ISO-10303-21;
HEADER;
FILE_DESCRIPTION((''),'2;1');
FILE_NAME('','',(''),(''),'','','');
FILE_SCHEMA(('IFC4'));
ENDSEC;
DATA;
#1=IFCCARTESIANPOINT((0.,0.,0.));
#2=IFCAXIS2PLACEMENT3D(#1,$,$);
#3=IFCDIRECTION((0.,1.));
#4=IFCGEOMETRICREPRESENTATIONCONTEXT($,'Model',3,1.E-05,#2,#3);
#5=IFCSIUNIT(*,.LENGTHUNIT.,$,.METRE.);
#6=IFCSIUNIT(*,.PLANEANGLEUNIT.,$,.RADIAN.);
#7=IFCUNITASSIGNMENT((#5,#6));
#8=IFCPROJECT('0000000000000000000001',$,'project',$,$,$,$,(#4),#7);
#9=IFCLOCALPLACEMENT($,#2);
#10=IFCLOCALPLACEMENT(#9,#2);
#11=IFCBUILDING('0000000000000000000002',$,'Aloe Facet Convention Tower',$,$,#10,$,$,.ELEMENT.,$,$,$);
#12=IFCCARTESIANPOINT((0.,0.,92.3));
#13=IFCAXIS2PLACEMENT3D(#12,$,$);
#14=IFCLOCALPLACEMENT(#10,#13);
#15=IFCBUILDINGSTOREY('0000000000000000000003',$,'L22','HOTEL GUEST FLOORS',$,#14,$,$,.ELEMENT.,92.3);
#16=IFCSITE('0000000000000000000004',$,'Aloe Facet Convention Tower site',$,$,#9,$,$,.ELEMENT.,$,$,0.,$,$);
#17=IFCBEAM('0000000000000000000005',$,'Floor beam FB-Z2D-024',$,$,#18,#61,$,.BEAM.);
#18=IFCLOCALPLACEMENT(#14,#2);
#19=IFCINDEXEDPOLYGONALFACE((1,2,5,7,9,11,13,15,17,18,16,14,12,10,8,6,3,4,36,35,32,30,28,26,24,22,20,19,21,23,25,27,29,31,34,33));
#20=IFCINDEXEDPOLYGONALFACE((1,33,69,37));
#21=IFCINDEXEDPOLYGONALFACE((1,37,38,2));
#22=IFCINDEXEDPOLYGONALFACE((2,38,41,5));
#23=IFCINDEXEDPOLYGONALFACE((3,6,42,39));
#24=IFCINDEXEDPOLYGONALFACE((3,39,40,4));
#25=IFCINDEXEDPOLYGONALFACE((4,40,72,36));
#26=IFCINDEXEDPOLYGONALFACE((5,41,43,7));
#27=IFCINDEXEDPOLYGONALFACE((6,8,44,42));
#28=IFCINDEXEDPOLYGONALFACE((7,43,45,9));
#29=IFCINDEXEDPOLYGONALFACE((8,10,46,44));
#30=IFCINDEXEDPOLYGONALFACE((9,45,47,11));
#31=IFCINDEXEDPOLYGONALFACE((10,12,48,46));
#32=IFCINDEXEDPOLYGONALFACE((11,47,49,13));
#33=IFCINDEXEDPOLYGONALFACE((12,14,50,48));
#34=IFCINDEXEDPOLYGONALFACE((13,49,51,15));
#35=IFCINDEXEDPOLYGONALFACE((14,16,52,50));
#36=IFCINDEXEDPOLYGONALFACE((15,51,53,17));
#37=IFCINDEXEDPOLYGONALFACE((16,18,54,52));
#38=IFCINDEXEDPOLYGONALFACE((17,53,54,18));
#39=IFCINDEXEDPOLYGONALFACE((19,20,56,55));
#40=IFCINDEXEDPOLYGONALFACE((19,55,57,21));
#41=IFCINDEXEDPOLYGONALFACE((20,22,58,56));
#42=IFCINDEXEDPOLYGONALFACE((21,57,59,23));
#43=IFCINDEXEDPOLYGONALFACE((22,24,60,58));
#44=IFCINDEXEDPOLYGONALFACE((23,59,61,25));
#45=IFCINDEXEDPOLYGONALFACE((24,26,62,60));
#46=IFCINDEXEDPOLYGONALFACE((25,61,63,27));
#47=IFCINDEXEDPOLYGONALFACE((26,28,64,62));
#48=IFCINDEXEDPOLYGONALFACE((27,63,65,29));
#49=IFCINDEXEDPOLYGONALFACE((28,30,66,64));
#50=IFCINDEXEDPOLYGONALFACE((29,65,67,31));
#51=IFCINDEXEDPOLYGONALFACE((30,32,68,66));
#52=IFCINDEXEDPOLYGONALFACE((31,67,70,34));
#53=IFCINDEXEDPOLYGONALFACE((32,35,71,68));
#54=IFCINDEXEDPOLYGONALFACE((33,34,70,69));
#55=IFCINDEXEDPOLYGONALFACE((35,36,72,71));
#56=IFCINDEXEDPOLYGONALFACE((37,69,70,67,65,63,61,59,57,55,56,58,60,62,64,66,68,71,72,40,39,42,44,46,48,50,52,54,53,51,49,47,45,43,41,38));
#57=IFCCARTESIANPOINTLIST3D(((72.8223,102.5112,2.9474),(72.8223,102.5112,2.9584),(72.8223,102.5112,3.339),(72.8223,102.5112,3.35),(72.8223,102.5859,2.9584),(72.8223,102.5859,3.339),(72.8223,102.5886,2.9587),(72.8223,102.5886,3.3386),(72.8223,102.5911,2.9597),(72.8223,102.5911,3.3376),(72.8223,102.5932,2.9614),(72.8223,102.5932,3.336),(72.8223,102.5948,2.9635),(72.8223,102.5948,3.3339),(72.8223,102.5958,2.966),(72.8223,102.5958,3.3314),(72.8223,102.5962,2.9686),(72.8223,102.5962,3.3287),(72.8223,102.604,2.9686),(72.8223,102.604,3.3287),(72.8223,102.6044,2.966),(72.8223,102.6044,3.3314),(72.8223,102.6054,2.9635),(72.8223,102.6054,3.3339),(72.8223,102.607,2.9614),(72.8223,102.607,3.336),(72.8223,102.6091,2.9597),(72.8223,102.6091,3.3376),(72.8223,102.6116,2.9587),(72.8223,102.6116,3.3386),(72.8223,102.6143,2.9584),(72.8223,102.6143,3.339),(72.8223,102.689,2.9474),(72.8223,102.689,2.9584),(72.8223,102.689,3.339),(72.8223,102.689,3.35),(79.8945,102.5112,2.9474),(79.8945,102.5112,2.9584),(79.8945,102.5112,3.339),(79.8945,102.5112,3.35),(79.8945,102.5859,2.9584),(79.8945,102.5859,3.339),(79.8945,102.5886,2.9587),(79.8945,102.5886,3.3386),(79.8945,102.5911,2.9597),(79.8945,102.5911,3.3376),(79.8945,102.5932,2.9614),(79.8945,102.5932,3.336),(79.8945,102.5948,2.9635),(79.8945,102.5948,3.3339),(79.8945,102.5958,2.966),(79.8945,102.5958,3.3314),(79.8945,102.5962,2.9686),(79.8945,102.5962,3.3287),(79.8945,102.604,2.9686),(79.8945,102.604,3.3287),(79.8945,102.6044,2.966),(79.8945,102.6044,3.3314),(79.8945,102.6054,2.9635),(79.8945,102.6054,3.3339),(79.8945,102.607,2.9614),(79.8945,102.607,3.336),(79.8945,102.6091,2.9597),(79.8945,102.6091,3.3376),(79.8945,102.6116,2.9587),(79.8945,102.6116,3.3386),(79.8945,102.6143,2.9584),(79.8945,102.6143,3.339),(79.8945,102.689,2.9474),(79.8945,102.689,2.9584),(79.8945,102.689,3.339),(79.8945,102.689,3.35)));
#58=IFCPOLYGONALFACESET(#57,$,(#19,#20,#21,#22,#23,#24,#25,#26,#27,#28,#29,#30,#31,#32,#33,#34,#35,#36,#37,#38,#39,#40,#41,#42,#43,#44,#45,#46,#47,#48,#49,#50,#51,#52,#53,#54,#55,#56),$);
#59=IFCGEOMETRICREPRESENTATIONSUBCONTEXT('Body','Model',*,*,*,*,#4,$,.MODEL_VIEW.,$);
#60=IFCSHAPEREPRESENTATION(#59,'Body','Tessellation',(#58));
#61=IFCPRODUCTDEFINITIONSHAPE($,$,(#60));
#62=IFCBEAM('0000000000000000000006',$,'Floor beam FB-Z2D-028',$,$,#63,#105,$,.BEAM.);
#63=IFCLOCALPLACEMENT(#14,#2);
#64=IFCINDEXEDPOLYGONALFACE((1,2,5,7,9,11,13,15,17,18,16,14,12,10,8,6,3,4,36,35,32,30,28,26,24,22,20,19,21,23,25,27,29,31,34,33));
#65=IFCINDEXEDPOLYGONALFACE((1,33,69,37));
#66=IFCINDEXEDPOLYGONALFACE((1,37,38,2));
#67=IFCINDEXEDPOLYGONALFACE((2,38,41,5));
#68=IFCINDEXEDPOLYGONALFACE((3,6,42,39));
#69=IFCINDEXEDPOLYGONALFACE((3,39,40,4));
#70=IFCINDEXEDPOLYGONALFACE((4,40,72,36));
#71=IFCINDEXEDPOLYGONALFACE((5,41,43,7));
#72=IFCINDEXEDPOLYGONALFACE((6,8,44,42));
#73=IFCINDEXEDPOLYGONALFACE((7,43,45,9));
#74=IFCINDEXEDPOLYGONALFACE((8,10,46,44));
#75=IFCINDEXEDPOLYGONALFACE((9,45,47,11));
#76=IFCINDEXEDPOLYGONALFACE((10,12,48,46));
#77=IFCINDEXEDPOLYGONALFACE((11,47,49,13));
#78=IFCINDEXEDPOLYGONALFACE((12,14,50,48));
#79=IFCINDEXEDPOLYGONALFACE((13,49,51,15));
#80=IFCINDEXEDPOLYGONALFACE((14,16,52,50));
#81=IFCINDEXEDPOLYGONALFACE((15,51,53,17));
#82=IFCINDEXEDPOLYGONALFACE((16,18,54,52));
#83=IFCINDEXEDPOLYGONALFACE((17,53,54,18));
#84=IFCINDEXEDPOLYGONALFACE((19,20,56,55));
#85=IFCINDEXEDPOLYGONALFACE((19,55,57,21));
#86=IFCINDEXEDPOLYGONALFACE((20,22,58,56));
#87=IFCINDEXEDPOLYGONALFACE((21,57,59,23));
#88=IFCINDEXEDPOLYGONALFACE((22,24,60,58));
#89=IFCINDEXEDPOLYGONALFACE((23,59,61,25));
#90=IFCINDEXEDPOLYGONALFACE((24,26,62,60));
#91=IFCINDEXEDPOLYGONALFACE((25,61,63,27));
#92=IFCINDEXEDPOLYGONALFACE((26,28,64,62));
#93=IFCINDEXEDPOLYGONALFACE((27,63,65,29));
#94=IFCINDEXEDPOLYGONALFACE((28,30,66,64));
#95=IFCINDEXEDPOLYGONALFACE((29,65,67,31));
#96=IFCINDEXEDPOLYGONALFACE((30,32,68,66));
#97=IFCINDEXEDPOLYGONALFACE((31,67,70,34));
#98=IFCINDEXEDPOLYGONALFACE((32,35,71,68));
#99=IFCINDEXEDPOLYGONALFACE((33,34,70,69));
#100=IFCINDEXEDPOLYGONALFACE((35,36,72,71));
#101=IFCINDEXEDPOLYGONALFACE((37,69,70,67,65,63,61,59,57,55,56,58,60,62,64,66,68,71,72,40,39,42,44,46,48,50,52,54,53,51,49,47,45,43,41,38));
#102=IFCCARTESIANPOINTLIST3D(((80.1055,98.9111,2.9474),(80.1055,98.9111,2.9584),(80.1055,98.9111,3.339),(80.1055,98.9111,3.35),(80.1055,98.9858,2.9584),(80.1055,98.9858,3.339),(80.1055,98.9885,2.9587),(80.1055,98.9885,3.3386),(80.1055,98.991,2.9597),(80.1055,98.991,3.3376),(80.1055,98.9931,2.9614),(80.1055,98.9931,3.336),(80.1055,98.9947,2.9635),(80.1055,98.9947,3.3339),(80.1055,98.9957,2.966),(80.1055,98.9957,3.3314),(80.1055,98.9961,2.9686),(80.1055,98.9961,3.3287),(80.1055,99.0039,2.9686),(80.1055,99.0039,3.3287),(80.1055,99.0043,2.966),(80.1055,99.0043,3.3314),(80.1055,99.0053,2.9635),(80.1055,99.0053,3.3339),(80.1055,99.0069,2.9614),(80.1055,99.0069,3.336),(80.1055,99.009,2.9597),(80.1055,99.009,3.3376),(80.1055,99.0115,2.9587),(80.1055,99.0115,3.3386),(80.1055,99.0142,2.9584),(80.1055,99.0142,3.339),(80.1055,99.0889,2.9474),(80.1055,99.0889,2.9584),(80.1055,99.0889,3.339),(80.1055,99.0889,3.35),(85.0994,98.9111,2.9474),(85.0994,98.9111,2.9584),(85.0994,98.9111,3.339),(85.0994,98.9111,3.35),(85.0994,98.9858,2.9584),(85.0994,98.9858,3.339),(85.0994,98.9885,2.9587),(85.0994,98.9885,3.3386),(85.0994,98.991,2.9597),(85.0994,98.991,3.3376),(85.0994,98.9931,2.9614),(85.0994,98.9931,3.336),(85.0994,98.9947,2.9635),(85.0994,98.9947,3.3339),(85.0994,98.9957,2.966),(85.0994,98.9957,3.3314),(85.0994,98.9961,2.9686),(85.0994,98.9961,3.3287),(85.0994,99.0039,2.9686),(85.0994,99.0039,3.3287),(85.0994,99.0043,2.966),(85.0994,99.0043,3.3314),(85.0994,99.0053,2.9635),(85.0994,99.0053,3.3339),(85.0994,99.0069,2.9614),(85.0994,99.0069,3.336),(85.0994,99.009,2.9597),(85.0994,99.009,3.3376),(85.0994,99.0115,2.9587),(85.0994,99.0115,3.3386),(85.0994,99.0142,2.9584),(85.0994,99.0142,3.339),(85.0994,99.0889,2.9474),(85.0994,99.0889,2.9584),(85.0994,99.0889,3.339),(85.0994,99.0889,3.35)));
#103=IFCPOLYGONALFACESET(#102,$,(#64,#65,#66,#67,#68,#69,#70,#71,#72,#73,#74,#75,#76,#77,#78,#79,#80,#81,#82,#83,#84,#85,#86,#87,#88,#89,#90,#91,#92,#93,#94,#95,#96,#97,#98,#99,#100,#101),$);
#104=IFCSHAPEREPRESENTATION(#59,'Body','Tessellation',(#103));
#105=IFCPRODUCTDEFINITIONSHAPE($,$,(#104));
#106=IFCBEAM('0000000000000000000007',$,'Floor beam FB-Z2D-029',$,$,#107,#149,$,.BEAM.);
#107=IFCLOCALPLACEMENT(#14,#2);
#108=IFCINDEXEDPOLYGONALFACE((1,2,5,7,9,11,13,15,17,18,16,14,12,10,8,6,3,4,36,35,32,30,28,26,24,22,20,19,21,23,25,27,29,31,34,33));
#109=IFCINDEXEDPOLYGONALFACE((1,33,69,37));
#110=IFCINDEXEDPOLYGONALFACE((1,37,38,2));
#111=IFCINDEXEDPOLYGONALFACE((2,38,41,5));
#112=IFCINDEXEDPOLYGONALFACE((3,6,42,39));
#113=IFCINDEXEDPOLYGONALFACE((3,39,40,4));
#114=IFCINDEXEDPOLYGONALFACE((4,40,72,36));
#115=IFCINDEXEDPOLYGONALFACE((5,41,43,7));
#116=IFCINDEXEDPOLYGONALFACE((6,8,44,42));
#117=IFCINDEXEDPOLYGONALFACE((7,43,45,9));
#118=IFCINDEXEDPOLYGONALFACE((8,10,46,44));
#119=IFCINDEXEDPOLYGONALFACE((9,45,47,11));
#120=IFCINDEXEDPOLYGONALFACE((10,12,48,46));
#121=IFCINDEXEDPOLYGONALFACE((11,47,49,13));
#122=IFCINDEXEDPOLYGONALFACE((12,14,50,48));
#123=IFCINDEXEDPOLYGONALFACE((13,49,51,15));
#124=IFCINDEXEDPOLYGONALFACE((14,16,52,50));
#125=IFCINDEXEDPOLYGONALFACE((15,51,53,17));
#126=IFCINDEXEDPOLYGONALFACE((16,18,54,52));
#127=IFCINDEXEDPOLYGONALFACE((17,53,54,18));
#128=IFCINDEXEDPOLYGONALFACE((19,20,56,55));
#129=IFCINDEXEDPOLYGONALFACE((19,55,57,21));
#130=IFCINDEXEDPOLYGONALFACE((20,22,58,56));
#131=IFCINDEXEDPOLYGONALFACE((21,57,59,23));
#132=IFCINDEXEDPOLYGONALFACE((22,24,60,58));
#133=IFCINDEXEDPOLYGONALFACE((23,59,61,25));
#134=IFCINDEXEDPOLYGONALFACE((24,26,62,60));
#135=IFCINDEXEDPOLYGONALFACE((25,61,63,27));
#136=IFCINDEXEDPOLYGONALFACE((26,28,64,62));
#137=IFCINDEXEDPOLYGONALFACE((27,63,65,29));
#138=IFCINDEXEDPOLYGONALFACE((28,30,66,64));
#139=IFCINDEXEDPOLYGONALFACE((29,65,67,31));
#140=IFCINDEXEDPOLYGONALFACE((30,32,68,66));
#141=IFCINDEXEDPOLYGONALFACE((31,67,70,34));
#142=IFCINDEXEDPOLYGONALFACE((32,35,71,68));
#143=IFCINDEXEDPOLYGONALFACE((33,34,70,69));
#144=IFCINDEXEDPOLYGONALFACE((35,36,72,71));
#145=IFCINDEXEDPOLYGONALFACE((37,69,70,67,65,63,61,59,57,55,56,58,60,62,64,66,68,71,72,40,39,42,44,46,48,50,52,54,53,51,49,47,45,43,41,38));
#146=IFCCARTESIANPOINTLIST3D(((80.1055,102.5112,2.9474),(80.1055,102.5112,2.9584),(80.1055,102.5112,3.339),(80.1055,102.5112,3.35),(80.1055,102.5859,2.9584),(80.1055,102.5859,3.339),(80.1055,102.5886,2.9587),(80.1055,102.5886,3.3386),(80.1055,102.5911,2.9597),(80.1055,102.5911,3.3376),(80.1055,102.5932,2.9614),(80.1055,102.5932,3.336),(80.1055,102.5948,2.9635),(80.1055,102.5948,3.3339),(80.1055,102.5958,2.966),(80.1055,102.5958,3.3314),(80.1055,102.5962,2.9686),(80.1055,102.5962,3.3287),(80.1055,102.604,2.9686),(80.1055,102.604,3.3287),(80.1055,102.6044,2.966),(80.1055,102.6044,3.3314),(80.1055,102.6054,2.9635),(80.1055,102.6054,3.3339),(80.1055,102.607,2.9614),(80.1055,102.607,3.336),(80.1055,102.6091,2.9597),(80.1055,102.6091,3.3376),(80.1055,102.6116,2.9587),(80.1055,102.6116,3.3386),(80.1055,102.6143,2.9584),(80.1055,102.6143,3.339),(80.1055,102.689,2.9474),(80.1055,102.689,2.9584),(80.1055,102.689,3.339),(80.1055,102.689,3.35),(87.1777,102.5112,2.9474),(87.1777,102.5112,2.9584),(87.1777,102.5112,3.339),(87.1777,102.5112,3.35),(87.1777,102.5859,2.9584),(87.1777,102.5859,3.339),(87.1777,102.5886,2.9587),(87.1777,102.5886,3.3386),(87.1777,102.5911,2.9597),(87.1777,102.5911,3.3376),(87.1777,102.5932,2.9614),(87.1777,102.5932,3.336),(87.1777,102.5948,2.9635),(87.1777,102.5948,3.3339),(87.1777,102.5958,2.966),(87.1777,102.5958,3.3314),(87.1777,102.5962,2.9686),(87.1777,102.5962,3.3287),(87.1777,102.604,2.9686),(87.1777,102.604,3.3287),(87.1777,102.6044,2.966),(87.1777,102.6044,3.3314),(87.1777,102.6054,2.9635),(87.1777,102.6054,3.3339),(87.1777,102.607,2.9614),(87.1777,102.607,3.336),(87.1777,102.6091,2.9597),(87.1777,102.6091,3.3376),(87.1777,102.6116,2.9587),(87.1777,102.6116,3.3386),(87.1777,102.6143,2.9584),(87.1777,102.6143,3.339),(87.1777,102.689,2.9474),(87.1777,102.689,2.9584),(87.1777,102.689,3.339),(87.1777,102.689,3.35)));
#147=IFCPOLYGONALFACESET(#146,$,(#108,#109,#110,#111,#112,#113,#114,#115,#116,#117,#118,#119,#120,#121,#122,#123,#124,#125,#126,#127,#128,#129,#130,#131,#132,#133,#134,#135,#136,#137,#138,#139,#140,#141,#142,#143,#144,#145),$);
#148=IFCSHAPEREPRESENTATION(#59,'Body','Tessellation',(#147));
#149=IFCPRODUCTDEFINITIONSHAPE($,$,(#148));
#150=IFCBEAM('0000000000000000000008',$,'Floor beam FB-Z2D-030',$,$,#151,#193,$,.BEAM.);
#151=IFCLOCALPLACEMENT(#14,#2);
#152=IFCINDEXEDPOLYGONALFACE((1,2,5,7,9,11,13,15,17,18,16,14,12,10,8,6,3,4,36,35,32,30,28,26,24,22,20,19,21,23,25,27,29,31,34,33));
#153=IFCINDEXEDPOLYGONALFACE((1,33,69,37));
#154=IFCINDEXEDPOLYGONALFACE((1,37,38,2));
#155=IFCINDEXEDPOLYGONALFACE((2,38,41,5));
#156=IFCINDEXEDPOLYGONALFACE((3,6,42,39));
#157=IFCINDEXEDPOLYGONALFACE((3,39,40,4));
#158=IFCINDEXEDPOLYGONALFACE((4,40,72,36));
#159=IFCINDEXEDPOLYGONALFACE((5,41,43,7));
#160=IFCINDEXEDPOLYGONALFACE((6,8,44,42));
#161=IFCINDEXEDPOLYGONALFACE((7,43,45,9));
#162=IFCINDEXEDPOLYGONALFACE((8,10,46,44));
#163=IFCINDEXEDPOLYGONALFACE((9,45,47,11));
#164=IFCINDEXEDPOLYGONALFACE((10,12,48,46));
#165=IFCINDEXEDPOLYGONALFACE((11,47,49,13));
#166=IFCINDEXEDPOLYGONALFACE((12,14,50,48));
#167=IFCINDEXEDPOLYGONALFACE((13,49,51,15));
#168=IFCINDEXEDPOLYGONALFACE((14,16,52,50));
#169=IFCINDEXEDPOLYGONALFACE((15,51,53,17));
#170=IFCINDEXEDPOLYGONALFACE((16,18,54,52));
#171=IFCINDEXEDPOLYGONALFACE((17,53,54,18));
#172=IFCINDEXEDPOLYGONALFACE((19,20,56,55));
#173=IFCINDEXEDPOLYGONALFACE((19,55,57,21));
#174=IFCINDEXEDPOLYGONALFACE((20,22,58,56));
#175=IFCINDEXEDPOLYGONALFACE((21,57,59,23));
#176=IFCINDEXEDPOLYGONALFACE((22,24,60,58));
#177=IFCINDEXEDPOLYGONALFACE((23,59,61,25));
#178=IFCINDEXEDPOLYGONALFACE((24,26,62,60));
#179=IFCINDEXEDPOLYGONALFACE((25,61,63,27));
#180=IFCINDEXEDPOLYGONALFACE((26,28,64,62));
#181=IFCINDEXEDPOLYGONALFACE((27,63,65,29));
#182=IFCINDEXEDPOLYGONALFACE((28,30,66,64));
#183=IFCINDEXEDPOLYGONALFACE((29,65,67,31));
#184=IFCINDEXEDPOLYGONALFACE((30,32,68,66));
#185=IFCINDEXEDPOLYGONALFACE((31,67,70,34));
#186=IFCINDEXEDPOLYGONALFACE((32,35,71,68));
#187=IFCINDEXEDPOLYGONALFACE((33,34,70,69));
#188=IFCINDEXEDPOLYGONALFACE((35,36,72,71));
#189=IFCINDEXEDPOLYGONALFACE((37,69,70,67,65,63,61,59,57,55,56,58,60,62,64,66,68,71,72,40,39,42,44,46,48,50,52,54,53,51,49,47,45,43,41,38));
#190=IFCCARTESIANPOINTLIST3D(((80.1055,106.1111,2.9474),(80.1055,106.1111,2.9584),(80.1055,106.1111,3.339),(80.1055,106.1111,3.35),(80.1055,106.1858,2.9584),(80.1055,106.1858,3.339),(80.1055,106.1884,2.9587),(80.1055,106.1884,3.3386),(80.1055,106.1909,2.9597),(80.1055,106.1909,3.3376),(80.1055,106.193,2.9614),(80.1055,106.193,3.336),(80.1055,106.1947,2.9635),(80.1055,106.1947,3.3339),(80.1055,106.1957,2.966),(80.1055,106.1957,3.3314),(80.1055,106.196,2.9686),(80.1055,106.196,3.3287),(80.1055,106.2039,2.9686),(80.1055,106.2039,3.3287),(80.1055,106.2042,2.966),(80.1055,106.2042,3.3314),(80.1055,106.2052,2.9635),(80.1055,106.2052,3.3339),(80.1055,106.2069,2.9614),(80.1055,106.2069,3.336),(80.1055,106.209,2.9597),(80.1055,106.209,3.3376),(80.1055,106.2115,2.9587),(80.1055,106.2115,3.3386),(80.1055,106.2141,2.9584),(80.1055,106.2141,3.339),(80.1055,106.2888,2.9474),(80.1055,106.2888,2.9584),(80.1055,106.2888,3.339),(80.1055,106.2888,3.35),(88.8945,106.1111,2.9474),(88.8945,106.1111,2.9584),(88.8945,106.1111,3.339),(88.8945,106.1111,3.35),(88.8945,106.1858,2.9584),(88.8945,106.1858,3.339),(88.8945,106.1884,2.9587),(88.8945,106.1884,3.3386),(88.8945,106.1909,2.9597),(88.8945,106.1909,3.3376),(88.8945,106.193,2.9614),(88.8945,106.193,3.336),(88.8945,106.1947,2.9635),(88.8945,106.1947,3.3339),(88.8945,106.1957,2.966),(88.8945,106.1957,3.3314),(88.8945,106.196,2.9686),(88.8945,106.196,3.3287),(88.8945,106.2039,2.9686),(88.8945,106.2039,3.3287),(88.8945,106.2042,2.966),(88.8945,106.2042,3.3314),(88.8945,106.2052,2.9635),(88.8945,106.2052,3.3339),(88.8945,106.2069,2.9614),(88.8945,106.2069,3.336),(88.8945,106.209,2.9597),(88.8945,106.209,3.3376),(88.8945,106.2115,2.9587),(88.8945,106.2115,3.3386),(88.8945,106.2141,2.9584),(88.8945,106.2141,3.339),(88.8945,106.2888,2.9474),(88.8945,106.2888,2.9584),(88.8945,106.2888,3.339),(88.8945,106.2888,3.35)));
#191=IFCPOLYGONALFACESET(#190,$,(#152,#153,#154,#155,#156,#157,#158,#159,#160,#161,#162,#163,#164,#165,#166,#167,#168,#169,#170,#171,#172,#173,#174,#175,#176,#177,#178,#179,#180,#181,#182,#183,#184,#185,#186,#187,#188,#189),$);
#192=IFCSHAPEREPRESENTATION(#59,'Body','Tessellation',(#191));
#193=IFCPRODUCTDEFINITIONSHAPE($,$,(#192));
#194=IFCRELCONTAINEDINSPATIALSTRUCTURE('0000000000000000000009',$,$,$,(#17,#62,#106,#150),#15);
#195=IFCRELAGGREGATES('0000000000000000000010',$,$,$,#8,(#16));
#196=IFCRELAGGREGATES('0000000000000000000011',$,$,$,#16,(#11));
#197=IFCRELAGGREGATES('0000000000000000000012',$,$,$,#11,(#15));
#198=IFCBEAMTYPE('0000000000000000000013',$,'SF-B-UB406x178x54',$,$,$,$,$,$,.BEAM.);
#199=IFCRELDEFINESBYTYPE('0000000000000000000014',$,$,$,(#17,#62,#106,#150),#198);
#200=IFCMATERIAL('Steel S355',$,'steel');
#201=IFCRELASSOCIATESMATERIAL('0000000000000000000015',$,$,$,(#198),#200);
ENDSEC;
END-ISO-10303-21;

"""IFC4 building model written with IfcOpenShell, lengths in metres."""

from ifc_helpers import new_model, si_unit, direction, frame, origin, origin_2d, place, context, subcontext, project, spatial, i_section, extrude, material, material_profile, profile_set, type_object, element, save


model = new_model("IFC4")

# Units and contexts
model_context = context("Model", 3, precision=1e-05, world=origin(), true_north=direction((0.0, 1.0)))
body_context = subcontext(model_context, "Body", "Model", "MODEL_VIEW")
ifc_project = project(units=[si_unit("LENGTHUNIT", "METRE"), si_unit("PLANEANGLEUNIT", "RADIAN")], contexts=[model_context])

# Site, building, storey
site_placement = place(None, origin())
site = spatial("IfcSite", under=ifc_project, at=site_placement, Name="Aloe Facet Convention Tower site", CompositionType="ELEMENT", RefElevation=0.0)
building_placement = place(site_placement, origin())
building = spatial("IfcBuilding", under=site, at=building_placement, Name="Aloe Facet Convention Tower", CompositionType="ELEMENT")
storey_placement = place(building_placement, frame((0.0, 0.0, 92.3)))
storey = spatial("IfcBuildingStorey", under=building, at=storey_placement, Name="L22", Description="HOTEL GUEST FLOORS", CompositionType="ELEMENT", Elevation=92.3)

# Beams
ifc_material_1 = material(Name="Steel S355", Category="steel")
ifc_material_profile_1 = material_profile(ifc_material_1, i_section(OverallWidth=0.1777, OverallDepth=0.4026, WebThickness=0.0078, FlangeThickness=0.011, FilletRadius=0.0103, at=origin_2d()), Name="UB 406x178x54")
ifc_profile_set_1 = profile_set([ifc_material_profile_1], Name="Steel S355")
beam_type_1 = type_object("IfcBeamType", Name="SF-B-UB406x178x54", PredefinedType="BEAM", material=ifc_profile_set_1)
beam_1_placement = place(storey_placement, frame((72.8223, 102.6001, 3.1487), z_axis=(1.0, 0.0, 0.0), x_axis=(0.0, 1.0, 0.0)))
element("IfcBeam", 1, at=beam_1_placement, inside=storey, type_object=beam_type_1, Name="Floor beam FB-Z2D-024", PredefinedType="BEAM", context=body_context, shape_type="SweptSolid", body=[
    extrude(i_section(OverallWidth=0.1777, OverallDepth=0.4026, WebThickness=0.0078, FlangeThickness=0.011, FilletRadius=0.0103, at=origin_2d()), origin(), (0.0, 0.0, 1.0), 7.0723),
])
beam_2_placement = place(storey_placement, frame((80.1055, 99.0, 3.1487), z_axis=(1.0, 0.0, 0.0), x_axis=(0.0, 1.0, 0.0)))
element("IfcBeam", 2, at=beam_2_placement, inside=storey, type_object=beam_type_1, Name="Floor beam FB-Z2D-028", PredefinedType="BEAM", context=body_context, shape_type="SweptSolid", body=[
    extrude(i_section(OverallWidth=0.1777, OverallDepth=0.4026, WebThickness=0.0078, FlangeThickness=0.011, FilletRadius=0.0103, at=origin_2d()), origin(), (0.0, 0.0, 1.0), 4.9939),
])
beam_3_placement = place(storey_placement, frame((80.1055, 102.6001, 3.1487), z_axis=(1.0, 0.0, 0.0), x_axis=(0.0, 1.0, 0.0)))
element("IfcBeam", 3, at=beam_3_placement, inside=storey, type_object=beam_type_1, Name="Floor beam FB-Z2D-029", PredefinedType="BEAM", context=body_context, shape_type="SweptSolid", body=[
    extrude(i_section(OverallWidth=0.1777, OverallDepth=0.4026, WebThickness=0.0078, FlangeThickness=0.011, FilletRadius=0.0103, at=origin_2d()), origin(), (0.0, 0.0, 1.0), 7.0723),
])
for number, where, z_axis, x_axis, name in (
    (4, (80.1055, 106.2, 3.1487), (1.0, 0.0, 0.0), (0.0, 1.0, 0.0), "Floor beam FB-Z2D-030"),
):
    element("IfcBeam", number, at=place(storey_placement, frame(where, z_axis=z_axis, x_axis=x_axis)), inside=storey, type_object=beam_type_1, Name=name, PredefinedType="BEAM", context=body_context, shape_type="SweptSolid", body=[
        extrude(i_section(OverallWidth=0.1777, OverallDepth=0.4026, WebThickness=0.0078, FlangeThickness=0.011, FilletRadius=0.0103, at=origin_2d()), origin(), (0.0, 0.0, 1.0), 8.7891),
    ])

save(model, "model.ifc")
